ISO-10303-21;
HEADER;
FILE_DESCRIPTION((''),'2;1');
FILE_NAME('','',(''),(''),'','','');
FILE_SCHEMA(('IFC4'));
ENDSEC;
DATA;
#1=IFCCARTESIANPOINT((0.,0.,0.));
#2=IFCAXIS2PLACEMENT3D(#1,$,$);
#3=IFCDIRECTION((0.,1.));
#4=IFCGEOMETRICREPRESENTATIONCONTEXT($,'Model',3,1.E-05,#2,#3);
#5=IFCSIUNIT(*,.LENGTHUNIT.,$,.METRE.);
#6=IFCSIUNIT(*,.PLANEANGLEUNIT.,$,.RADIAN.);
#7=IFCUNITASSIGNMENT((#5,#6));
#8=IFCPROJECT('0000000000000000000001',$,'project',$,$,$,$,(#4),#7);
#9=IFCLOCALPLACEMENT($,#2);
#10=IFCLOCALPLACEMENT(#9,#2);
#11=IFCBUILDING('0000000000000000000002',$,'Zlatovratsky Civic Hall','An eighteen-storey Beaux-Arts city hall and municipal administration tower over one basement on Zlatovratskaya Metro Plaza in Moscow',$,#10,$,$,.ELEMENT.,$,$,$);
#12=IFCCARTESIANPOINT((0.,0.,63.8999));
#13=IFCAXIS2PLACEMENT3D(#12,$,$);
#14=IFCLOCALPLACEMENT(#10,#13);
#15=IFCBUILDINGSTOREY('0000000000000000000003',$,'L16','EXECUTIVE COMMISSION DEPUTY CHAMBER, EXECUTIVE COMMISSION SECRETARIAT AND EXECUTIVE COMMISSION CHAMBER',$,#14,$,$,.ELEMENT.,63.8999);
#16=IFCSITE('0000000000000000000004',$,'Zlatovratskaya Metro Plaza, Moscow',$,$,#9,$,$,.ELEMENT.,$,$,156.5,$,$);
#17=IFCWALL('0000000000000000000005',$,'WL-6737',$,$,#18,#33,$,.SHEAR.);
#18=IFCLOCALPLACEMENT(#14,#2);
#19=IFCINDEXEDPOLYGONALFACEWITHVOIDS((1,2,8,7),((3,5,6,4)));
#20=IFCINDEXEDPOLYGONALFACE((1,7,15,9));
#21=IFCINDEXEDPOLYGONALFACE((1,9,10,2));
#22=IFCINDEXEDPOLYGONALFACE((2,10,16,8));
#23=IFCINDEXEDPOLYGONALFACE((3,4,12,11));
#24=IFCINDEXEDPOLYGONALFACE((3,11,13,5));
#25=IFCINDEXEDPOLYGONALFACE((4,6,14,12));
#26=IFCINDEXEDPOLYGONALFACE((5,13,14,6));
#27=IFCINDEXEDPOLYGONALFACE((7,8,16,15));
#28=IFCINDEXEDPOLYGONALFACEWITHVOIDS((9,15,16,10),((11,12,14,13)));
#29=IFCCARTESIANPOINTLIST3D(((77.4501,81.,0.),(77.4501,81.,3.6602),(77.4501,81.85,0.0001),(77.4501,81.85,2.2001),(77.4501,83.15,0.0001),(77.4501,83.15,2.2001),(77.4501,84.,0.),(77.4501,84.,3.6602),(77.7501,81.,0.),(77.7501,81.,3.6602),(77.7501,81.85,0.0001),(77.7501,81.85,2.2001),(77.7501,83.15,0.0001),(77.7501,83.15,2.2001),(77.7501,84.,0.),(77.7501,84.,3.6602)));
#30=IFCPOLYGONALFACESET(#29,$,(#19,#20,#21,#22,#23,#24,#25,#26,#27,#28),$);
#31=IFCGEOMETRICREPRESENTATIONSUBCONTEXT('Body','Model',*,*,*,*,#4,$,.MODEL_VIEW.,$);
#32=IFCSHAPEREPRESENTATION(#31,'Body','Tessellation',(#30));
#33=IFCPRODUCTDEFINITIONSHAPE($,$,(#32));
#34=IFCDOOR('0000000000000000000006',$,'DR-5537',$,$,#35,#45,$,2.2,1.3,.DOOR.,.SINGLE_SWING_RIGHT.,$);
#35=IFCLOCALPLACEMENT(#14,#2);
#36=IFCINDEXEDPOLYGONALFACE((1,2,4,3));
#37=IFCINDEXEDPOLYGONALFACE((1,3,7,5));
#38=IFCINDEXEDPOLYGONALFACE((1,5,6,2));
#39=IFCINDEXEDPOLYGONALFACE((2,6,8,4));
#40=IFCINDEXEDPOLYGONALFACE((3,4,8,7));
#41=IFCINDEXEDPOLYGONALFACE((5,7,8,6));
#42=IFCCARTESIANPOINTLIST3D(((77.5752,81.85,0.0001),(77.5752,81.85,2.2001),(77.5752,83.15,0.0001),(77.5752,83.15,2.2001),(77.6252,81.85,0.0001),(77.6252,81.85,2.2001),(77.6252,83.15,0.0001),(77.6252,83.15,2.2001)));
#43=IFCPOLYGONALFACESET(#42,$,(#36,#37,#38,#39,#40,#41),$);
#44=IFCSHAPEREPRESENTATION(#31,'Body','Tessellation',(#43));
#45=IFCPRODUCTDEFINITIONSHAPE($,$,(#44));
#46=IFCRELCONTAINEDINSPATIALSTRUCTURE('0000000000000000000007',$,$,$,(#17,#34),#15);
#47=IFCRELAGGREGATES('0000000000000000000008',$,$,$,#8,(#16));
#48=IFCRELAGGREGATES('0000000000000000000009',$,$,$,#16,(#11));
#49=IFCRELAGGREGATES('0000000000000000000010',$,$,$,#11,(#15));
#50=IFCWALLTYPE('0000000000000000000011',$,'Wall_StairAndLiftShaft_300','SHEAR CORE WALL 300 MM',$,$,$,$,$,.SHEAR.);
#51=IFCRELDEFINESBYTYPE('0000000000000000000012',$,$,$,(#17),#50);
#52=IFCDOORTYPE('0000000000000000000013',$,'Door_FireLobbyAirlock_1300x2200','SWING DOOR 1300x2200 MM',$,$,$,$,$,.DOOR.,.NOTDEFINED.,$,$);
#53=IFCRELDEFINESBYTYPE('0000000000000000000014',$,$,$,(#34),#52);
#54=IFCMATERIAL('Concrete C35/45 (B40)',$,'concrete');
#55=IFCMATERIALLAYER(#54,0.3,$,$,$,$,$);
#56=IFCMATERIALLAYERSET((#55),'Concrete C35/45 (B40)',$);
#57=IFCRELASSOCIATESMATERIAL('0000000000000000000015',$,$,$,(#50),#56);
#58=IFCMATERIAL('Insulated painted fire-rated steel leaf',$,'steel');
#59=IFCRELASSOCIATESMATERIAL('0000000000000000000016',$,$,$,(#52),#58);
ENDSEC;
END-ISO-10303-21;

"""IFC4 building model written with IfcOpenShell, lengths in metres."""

from ifc_helpers import new_model, si_unit, direction, frame, frame_2d, origin, place, context, subcontext, project, spatial, rectangle, extrude, material, layer, layer_set, type_object, element, fill, save


model = new_model("IFC4")

# Units and contexts
model_context = context("Model", 3, precision=1e-05, world=origin(), true_north=direction((0.0, 1.0)))
body_context = subcontext(model_context, "Body", "Model", "MODEL_VIEW")
ifc_project = project(units=[si_unit("LENGTHUNIT", "METRE"), si_unit("PLANEANGLEUNIT", "RADIAN")], contexts=[model_context])

# Site, building, storey
site_placement = place(None, origin())
site = spatial("IfcSite", under=ifc_project, at=site_placement, Name="Zlatovratskaya Metro Plaza, Moscow", CompositionType="ELEMENT", RefElevation=156.5)
building_placement = place(site_placement, origin())
building = spatial("IfcBuilding", under=site, at=building_placement, Name="Zlatovratsky Civic Hall", Description="An eighteen-storey Beaux-Arts city hall and municipal administration tower over one basement on Zlatovratskaya Metro Plaza in Moscow", CompositionType="ELEMENT")
storey_placement = place(building_placement, frame((0.0, 0.0, 63.8999)))
storey = spatial("IfcBuildingStorey", under=building, at=storey_placement, Name="L16", Description="EXECUTIVE COMMISSION DEPUTY CHAMBER, EXECUTIVE COMMISSION SECRETARIAT AND EXECUTIVE COMMISSION CHAMBER", CompositionType="ELEMENT", Elevation=63.8999)

# Shared definitions
ifc_material_1 = material(Name="Concrete C35/45 (B40)", Category="concrete")

# Shared definitions
ifc_layer_1 = layer(ifc_material_1, 0.3)
ifc_layer_set_1 = layer_set([ifc_layer_1], Name="Concrete C35/45 (B40)")
wall_type_1 = type_object("IfcWallType", Name="Wall_StairAndLiftShaft_300", Description="SHEAR CORE WALL 300 MM", PredefinedType="SHEAR", material=ifc_layer_set_1)

# Wall, opening, door
ifc_material_2 = material(Name="Insulated painted fire-rated steel leaf", Category="steel")
door_type_1 = type_object("IfcDoorType", Name="Door_FireLobbyAirlock_1300x2200", Description="SWING DOOR 1300x2200 MM", OperationType="NOTDEFINED", PredefinedType="DOOR", material=ifc_material_2)
wall_1_placement = place(storey_placement, frame((77.6001, 81.0, 0.0), z_axis=(0.0, 0.0, 1.0), x_axis=(0.0, 1.0, 0.0)))
wall_1 = element("IfcWall", 1, at=wall_1_placement, inside=storey, type_object=wall_type_1, Name="WL-6737", PredefinedType="SHEAR", context=body_context, shape_type="SweptSolid", body=[
    extrude(rectangle(XDim=3.0, YDim=0.3, at=frame_2d((1.5, 0.0))), origin(), (0.0, 0.0, 1.0), 3.6602),
])
opening_1_placement = place(wall_1_placement, frame((0.8501, 0.0, 0.0)))
opening_1 = element("IfcOpeningElement", 2, at=opening_1_placement, cuts=wall_1, PredefinedType="OPENING", context=body_context, shape_type="SweptSolid", body=[
    extrude(rectangle(XDim=1.3, YDim=2.2, at=frame_2d((0.6499, 1.1001))), frame((0.0, 0.165, 0.0), z_axis=(0.0, -1.0, 0.0), x_axis=(1.0, 0.0, 0.0)), (0.0, 0.0, 1.0), 0.3298),
])
door_1_placement = place(opening_1_placement, origin())
door_1 = element("IfcDoor", 3, at=door_1_placement, inside=storey, type_object=door_type_1, Name="DR-5537", OperationType="SINGLE_SWING_RIGHT", OverallHeight=2.2, OverallWidth=1.3, PredefinedType="DOOR", context=body_context, shape_type="SweptSolid", body=[
    extrude(rectangle(XDim=1.3, YDim=2.2, at=frame_2d((0.6499, 1.1001))), frame((0.0, 0.0249, 0.0), z_axis=(0.0, -1.0, 0.0), x_axis=(1.0, 0.0, 0.0)), (0.0, 0.0, 1.0), 0.05),
])
fill(opening_1, door_1)

save(model, "model.ifc")
